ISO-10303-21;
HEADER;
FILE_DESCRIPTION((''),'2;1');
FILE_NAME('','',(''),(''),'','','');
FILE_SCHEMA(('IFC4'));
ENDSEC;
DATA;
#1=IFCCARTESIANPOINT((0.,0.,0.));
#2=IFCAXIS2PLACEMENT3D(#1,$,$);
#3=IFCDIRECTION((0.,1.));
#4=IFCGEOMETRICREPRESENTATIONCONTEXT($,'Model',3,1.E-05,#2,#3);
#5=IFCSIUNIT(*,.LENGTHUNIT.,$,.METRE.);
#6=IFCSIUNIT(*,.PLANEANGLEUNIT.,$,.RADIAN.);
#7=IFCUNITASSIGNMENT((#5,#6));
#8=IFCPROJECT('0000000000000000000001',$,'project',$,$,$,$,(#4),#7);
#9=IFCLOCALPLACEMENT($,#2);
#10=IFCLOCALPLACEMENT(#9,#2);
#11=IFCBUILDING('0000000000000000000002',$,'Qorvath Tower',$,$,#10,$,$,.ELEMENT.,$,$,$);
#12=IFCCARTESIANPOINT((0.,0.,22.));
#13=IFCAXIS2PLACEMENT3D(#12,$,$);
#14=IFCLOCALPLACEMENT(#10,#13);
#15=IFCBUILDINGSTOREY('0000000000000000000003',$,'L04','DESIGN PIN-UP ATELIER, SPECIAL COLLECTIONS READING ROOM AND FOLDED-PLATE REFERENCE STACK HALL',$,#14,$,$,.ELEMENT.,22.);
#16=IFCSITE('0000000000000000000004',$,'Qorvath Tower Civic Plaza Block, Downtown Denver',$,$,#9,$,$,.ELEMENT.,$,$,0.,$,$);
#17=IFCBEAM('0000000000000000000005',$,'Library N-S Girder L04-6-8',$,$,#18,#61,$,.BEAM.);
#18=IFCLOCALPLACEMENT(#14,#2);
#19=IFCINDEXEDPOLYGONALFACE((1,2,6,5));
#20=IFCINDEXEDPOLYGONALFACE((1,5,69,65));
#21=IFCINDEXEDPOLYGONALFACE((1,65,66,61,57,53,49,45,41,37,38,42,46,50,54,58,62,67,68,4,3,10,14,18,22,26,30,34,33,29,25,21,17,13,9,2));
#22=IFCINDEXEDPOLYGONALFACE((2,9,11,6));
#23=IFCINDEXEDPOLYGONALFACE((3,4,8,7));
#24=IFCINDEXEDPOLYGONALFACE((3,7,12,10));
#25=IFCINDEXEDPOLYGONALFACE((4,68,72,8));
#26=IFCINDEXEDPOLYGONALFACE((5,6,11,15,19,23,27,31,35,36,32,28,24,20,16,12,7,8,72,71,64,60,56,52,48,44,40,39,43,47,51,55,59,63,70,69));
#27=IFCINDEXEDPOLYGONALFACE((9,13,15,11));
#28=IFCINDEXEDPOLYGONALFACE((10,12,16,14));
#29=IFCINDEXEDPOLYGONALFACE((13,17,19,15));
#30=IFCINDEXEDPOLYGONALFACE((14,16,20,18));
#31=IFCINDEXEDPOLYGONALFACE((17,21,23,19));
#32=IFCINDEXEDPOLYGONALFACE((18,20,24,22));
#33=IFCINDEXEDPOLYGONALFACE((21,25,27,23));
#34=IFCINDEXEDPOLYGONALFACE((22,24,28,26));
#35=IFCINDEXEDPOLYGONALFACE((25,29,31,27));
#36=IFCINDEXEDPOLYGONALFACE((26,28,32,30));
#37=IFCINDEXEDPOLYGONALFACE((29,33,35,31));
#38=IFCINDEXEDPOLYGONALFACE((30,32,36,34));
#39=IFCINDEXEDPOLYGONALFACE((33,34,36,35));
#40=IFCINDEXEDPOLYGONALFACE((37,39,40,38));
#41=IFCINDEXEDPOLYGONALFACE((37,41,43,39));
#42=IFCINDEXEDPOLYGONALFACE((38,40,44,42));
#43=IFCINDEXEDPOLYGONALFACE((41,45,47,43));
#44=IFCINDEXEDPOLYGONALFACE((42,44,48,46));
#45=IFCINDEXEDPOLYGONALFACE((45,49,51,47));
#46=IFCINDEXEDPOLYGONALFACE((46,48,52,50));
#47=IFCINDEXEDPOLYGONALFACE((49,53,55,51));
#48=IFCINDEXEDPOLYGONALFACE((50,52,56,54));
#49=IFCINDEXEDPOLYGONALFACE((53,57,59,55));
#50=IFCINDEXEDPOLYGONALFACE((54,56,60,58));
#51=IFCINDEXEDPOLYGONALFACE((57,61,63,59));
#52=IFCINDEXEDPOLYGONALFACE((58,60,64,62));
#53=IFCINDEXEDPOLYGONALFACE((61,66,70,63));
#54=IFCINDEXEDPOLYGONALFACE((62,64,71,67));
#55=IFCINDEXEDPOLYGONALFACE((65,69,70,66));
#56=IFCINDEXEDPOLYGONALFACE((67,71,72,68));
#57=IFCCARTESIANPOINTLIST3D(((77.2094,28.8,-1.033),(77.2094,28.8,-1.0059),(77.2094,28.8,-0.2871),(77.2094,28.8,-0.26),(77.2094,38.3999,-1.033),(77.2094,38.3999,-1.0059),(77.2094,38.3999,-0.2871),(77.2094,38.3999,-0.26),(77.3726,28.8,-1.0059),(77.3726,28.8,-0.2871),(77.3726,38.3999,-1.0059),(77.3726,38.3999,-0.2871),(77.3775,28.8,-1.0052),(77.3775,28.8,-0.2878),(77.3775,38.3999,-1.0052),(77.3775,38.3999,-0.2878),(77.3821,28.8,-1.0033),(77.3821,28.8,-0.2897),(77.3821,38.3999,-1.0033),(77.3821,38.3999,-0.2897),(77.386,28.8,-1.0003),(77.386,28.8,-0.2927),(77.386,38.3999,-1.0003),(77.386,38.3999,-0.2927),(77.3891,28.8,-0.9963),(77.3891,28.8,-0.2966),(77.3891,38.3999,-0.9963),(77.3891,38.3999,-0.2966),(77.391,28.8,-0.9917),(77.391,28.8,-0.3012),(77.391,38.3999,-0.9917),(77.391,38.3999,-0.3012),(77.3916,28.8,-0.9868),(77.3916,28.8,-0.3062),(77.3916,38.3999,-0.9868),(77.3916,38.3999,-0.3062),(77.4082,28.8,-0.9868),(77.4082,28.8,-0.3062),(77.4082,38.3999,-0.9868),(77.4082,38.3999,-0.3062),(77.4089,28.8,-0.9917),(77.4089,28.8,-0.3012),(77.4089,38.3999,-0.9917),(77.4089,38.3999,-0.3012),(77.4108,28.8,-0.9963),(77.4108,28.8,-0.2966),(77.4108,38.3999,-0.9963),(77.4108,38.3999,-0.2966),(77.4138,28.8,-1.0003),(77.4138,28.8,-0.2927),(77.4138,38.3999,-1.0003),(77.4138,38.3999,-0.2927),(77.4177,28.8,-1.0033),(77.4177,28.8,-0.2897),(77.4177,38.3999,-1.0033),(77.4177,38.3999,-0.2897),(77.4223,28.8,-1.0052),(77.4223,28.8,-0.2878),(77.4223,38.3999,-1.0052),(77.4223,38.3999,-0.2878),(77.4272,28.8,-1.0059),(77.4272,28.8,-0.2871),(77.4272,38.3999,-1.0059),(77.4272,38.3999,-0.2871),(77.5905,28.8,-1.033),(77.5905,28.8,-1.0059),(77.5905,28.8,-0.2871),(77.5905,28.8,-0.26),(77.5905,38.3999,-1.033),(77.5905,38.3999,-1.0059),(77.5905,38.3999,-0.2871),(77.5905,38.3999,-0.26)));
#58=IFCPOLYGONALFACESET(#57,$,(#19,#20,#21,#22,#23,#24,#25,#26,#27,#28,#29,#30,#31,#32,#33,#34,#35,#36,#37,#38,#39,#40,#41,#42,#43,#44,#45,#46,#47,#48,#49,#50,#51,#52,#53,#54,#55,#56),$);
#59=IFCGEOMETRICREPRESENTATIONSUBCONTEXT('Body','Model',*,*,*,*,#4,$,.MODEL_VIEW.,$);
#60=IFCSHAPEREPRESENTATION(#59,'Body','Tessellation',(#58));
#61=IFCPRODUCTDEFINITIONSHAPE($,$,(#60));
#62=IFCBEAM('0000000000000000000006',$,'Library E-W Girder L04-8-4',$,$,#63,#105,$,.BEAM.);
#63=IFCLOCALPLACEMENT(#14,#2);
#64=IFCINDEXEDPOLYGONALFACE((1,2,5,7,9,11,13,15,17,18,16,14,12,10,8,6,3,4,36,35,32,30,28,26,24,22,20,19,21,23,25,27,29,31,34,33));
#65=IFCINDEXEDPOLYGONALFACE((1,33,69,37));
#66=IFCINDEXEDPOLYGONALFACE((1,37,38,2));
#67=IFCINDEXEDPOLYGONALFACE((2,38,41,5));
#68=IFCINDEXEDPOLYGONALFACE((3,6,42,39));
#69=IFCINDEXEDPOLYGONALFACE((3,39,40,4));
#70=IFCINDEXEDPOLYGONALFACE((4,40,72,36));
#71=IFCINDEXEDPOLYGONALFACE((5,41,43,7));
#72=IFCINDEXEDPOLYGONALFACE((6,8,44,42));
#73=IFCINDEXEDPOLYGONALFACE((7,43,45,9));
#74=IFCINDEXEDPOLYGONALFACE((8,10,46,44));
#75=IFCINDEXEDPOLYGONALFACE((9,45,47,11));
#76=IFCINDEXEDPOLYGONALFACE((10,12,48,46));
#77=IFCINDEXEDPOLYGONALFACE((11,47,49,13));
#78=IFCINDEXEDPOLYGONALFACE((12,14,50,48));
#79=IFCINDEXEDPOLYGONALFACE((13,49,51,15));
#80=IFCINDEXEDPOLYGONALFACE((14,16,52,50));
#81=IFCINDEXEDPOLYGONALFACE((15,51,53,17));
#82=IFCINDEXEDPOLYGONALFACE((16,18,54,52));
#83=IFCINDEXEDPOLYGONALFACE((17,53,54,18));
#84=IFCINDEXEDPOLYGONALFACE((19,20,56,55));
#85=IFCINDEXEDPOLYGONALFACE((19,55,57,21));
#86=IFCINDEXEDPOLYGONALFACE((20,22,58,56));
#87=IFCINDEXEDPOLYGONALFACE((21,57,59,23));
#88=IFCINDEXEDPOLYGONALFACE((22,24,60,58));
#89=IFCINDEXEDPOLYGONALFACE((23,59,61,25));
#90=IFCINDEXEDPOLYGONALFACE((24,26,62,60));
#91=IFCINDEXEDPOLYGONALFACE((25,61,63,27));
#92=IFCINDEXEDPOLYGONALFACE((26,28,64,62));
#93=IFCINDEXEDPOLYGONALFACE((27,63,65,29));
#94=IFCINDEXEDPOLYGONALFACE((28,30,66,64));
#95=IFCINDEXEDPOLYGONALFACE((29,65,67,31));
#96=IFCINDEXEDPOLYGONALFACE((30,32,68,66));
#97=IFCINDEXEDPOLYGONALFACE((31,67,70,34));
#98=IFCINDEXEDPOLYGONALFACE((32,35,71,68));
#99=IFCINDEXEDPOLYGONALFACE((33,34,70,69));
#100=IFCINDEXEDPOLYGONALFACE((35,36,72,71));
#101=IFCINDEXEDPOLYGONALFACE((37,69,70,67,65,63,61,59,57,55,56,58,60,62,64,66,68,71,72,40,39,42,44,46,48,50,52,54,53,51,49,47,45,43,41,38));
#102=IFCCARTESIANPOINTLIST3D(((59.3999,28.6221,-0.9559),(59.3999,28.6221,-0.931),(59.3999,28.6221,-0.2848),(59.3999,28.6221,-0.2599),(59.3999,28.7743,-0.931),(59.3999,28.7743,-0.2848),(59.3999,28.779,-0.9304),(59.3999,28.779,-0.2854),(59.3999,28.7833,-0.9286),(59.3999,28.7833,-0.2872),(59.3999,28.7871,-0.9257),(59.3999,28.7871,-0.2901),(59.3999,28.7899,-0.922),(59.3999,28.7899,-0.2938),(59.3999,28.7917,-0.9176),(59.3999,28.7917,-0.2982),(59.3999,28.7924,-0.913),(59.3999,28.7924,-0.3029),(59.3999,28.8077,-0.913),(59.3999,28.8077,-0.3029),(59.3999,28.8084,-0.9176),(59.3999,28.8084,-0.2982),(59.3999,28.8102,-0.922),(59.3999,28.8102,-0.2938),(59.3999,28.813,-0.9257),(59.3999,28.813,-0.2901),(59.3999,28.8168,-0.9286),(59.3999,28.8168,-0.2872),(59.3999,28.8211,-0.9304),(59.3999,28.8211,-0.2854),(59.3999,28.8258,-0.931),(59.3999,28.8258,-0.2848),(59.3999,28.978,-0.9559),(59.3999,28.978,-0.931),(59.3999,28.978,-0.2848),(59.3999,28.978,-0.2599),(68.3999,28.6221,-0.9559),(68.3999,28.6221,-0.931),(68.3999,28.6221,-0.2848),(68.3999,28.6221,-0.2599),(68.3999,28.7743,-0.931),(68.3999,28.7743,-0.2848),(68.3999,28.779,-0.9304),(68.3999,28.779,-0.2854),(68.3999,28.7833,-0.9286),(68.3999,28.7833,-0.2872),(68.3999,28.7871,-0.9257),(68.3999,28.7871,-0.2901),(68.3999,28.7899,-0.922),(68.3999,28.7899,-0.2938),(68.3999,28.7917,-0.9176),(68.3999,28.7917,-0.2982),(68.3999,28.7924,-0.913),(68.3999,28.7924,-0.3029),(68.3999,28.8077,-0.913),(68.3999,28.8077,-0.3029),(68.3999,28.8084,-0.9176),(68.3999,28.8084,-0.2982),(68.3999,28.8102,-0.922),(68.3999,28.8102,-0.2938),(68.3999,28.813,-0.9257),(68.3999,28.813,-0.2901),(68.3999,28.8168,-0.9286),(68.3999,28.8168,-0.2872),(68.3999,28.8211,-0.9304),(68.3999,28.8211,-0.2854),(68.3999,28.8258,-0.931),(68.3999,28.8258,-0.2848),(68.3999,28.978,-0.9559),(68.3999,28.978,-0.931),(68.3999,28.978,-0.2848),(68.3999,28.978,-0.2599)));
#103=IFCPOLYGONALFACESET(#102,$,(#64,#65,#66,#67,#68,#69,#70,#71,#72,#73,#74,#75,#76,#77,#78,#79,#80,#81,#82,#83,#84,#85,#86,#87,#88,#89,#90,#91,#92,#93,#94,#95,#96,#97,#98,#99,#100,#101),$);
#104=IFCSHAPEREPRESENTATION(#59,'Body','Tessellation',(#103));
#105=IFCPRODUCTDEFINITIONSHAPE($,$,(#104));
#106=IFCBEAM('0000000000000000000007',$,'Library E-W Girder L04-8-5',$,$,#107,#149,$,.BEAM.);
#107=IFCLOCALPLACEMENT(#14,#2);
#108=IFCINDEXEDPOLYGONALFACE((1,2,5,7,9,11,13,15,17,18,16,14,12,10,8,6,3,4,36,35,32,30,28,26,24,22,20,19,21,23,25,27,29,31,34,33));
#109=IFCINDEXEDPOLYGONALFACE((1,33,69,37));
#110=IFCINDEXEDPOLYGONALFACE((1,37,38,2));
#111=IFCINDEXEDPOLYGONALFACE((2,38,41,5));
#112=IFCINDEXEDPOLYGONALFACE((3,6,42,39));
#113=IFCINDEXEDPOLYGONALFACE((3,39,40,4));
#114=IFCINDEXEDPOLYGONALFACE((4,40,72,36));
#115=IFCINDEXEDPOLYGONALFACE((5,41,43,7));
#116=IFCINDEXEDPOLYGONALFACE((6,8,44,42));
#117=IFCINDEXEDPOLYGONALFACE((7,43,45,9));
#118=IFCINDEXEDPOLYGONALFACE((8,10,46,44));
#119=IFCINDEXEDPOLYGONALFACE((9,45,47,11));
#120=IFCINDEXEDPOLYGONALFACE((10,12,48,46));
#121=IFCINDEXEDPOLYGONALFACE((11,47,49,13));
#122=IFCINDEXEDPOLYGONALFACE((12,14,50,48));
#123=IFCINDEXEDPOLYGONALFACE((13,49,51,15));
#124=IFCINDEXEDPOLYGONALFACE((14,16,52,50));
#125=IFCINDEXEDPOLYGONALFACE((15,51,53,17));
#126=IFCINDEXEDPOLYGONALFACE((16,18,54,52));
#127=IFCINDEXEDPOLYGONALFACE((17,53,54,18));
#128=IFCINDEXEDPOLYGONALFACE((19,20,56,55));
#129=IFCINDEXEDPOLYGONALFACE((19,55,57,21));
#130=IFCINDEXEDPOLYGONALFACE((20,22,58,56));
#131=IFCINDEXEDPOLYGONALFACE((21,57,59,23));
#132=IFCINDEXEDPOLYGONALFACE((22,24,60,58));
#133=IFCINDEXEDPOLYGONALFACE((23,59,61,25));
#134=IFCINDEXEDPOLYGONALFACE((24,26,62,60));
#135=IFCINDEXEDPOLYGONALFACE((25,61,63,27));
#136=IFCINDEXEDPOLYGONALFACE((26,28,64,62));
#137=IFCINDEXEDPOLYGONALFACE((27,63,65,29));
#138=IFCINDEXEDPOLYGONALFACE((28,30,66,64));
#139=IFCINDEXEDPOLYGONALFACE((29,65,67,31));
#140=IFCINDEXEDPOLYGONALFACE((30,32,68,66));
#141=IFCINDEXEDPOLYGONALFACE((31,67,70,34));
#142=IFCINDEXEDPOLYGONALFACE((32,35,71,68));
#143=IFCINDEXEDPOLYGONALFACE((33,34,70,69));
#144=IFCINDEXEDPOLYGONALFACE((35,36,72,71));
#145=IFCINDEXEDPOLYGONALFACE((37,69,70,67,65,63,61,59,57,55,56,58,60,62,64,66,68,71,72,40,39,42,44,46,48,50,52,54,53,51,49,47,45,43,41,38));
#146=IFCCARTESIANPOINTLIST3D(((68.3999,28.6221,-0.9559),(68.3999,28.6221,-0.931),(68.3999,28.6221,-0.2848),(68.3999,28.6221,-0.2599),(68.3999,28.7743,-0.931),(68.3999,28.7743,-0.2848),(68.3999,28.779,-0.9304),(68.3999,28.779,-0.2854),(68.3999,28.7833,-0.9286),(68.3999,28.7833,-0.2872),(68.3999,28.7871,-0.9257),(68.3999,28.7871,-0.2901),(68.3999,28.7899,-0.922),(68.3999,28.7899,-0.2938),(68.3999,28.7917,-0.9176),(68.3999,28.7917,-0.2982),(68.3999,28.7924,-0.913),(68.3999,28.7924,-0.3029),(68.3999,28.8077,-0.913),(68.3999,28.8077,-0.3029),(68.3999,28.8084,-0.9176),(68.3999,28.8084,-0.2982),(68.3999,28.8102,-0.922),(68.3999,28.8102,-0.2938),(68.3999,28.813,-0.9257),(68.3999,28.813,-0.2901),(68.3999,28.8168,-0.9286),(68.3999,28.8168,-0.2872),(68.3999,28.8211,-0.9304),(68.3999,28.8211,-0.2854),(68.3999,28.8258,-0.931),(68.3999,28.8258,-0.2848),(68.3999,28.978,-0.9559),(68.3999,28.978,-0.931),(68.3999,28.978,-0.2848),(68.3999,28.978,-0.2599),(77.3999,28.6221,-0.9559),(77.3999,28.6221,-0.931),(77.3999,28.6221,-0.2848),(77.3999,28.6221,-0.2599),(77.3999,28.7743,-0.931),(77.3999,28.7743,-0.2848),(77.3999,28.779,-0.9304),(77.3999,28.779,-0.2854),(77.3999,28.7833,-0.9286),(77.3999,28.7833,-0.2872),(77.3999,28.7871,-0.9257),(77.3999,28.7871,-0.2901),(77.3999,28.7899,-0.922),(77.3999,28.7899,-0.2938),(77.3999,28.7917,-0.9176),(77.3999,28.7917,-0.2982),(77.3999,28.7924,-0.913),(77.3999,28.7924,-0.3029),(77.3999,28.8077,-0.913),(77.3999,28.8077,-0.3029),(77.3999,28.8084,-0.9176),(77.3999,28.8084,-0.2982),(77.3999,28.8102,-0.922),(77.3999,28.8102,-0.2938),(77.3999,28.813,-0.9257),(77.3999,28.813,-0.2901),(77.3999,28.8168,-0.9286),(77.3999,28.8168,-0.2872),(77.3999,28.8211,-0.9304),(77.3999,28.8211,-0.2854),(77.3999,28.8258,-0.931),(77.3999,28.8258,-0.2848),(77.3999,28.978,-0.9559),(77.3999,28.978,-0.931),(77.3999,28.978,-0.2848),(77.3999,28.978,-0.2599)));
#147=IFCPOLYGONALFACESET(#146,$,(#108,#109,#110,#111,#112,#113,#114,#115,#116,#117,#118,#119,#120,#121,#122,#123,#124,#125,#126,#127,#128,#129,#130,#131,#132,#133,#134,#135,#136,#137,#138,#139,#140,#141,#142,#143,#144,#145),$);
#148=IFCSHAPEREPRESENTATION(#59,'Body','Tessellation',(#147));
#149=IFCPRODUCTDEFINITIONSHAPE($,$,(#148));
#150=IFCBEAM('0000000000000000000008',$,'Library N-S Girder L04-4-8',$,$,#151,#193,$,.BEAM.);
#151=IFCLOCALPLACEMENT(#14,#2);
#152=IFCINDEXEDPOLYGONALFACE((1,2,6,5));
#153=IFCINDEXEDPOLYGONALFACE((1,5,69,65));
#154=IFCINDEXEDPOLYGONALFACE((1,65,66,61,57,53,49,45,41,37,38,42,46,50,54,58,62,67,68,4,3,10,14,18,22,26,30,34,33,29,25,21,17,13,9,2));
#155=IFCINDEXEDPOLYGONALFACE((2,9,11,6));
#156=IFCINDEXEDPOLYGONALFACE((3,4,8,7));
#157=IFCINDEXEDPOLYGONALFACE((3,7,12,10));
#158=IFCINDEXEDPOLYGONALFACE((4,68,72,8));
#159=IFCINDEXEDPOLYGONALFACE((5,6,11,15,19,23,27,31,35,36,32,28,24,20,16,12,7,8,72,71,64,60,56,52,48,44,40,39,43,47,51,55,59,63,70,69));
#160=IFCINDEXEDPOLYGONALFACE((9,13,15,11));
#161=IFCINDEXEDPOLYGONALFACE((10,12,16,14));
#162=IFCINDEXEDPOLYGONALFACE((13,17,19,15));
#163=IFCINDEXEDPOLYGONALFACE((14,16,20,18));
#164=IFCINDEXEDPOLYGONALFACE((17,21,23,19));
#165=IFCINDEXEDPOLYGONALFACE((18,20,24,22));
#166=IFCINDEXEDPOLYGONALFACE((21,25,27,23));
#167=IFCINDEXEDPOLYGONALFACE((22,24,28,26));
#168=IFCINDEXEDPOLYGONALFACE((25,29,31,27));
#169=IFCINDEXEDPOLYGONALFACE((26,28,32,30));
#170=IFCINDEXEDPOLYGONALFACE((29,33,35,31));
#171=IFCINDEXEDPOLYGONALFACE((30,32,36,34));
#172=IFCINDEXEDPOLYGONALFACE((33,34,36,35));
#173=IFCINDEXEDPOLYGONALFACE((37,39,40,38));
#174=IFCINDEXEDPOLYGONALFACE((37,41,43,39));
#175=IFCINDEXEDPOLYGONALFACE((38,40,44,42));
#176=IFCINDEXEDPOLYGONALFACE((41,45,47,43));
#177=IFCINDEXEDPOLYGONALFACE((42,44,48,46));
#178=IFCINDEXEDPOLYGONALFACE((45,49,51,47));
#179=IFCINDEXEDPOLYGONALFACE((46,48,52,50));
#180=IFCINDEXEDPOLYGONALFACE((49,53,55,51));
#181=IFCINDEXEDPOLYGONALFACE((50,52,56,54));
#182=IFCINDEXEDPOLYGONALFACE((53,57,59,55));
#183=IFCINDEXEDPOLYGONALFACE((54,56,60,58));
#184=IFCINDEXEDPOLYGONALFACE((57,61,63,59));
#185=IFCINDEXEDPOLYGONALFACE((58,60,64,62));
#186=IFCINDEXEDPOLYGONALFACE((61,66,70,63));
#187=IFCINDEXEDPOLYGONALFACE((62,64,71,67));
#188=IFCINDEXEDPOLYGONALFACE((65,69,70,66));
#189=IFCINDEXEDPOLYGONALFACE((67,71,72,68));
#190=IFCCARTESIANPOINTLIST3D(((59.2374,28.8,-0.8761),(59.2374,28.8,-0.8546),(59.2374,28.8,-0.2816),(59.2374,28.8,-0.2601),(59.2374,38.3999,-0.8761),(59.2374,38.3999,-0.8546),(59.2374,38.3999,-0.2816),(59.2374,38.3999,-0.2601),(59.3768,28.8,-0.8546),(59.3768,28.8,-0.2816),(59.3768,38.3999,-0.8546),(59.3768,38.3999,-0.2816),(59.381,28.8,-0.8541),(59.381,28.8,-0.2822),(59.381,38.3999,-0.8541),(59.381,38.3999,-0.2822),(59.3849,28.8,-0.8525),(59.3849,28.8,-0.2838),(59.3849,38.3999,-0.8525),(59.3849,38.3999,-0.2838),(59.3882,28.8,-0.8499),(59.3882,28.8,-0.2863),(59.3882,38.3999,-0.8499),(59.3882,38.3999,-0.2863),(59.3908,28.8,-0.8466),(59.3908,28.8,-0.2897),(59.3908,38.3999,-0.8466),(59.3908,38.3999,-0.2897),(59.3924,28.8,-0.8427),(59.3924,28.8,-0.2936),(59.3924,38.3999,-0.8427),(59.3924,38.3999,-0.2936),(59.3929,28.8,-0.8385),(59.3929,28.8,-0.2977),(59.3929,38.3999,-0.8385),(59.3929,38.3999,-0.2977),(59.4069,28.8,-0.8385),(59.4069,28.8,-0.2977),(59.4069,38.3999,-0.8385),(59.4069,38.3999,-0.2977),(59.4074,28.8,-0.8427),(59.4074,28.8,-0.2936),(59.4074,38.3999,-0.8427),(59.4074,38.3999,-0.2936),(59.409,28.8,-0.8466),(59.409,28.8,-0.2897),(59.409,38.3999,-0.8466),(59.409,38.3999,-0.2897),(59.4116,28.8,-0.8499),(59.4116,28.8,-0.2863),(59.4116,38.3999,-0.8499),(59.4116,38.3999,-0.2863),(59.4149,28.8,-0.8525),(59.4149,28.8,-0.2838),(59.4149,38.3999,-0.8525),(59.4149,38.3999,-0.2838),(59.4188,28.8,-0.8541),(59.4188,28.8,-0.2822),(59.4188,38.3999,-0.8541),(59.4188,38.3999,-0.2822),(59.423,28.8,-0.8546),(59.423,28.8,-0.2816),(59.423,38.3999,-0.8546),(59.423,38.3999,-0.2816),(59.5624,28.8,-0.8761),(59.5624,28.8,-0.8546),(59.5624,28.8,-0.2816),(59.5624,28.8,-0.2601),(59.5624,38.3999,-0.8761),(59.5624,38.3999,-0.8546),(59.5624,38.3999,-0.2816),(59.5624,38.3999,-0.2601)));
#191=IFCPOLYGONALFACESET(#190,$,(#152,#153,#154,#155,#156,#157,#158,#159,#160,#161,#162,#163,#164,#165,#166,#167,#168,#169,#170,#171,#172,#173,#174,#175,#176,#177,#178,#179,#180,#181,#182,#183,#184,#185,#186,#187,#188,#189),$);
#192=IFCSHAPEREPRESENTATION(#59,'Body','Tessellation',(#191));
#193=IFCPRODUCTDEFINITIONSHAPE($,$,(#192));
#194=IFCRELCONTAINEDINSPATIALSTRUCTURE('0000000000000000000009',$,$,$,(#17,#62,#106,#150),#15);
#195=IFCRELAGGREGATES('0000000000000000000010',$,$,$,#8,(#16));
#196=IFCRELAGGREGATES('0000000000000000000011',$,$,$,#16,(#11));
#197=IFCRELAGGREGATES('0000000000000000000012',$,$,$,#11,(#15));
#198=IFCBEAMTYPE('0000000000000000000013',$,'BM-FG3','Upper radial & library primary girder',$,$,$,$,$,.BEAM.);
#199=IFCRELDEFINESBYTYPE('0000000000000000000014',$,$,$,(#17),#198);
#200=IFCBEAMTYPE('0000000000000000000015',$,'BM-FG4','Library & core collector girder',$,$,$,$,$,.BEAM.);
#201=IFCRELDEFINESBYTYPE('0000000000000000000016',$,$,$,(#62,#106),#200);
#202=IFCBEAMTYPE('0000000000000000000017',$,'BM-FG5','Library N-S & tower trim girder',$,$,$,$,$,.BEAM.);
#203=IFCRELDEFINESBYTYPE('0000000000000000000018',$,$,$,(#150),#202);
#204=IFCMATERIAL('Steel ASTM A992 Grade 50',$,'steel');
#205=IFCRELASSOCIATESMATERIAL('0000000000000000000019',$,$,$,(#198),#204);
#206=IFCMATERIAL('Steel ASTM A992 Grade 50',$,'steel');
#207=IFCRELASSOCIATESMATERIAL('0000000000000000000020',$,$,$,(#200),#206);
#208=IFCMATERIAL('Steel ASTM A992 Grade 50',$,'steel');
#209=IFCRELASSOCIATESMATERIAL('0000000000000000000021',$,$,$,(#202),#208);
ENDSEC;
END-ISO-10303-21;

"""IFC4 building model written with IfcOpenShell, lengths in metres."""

from ifc_helpers import new_model, si_unit, direction, frame, origin, origin_2d, place, context, subcontext, project, spatial, i_section, extrude, material, material_profile, profile_set, type_object, element, save


model = new_model("IFC4")

# Units and contexts
model_context = context("Model", 3, precision=1e-05, world=origin(), true_north=direction((0.0, 1.0)))
body_context = subcontext(model_context, "Body", "Model", "MODEL_VIEW")
ifc_project = project(units=[si_unit("LENGTHUNIT", "METRE"), si_unit("PLANEANGLEUNIT", "RADIAN")], contexts=[model_context])

# Site, building, storey
site_placement = place(None, origin())
site = spatial("IfcSite", under=ifc_project, at=site_placement, Name="Qorvath Tower Civic Plaza Block, Downtown Denver", CompositionType="ELEMENT", RefElevation=0.0)
building_placement = place(site_placement, origin())
building = spatial("IfcBuilding", under=site, at=building_placement, Name="Qorvath Tower", CompositionType="ELEMENT")
storey_placement = place(building_placement, frame((0.0, 0.0, 22.0)))
storey = spatial("IfcBuildingStorey", under=building, at=storey_placement, Name="L04", Description="DESIGN PIN-UP ATELIER, SPECIAL COLLECTIONS READING ROOM AND FOLDED-PLATE REFERENCE STACK HALL", CompositionType="ELEMENT", Elevation=22.0)

# Beams
ifc_material_1 = material(Name="Steel ASTM A992 Grade 50", Category="steel")
ifc_material_profile_1 = material_profile(ifc_material_1, i_section(OverallWidth=0.3811, OverallDepth=0.7729, WebThickness=0.0166, FlangeThickness=0.0271, FilletRadius=0.019, at=origin_2d()), Name="W30x173")
ifc_profile_set_1 = profile_set([ifc_material_profile_1], Name="Steel ASTM A992 Grade 50")
beam_type_1 = type_object("IfcBeamType", Name="BM-FG3", Description="Upper radial & library primary girder", PredefinedType="BEAM", material=ifc_profile_set_1)
beam_1_placement = place(storey_placement, frame((77.3999, 28.8, -0.6465), z_axis=(0.0, 1.0, 0.0), x_axis=(-1.0, 0.0, 0.0)))
element("IfcBeam", 1, at=beam_1_placement, inside=storey, type_object=beam_type_1, Name="Library N-S Girder L04-6-8", PredefinedType="BEAM", context=body_context, shape_type="SweptSolid", body=[
    extrude(i_section(OverallWidth=0.3811, OverallDepth=0.7729, WebThickness=0.0166, FlangeThickness=0.0271, FilletRadius=0.019, at=origin_2d()), origin(), (0.0, 0.0, 1.0), 9.5999),
])
ifc_material_2 = material(Name="Steel ASTM A992 Grade 50", Category="steel")
ifc_material_profile_2 = material_profile(ifc_material_2, i_section(OverallWidth=0.356, OverallDepth=0.696, WebThickness=0.0154, FlangeThickness=0.0249, FilletRadius=0.0181, at=origin_2d()), Name="W27x146")
ifc_profile_set_2 = profile_set([ifc_material_profile_2], Name="Steel ASTM A992 Grade 50")
beam_type_2 = type_object("IfcBeamType", Name="BM-FG4", Description="Library & core collector girder", PredefinedType="BEAM", material=ifc_profile_set_2)
for number, where, z_axis, x_axis, name in (
    (2, (59.3999, 28.8, -0.6079), (1.0, 0.0, 0.0), (0.0, 1.0, 0.0), "Library E-W Girder L04-8-4"),
    (3, (68.3999, 28.8, -0.6079), (1.0, 0.0, 0.0), (0.0, 1.0, 0.0), "Library E-W Girder L04-8-5"),
):
    element("IfcBeam", number, at=place(storey_placement, frame(where, z_axis=z_axis, x_axis=x_axis)), inside=storey, type_object=beam_type_2, Name=name, PredefinedType="BEAM", context=body_context, shape_type="SweptSolid", body=[
        extrude(i_section(OverallWidth=0.356, OverallDepth=0.696, WebThickness=0.0154, FlangeThickness=0.0249, FilletRadius=0.0181, at=origin_2d()), origin(), (0.0, 0.0, 1.0), 9.0),
    ])
ifc_material_3 = material(Name="Steel ASTM A992 Grade 50", Category="steel")
ifc_material_profile_3 = material_profile(ifc_material_3, i_section(OverallWidth=0.325, OverallDepth=0.616, WebThickness=0.0139, FlangeThickness=0.0215, FilletRadius=0.0161, at=origin_2d()), Name="W24x117")
ifc_profile_set_3 = profile_set([ifc_material_profile_3], Name="Steel ASTM A992 Grade 50")
beam_type_3 = type_object("IfcBeamType", Name="BM-FG5", Description="Library N-S & tower trim girder", PredefinedType="BEAM", material=ifc_profile_set_3)
for number, where, z_axis, x_axis, name in (
    (4, (59.3999, 28.8, -0.5681), (0.0, 1.0, 0.0), (-1.0, 0.0, 0.0), "Library N-S Girder L04-4-8"),
):
    element("IfcBeam", number, at=place(storey_placement, frame(where, z_axis=z_axis, x_axis=x_axis)), inside=storey, type_object=beam_type_3, Name=name, PredefinedType="BEAM", context=body_context, shape_type="SweptSolid", body=[
        extrude(i_section(OverallWidth=0.325, OverallDepth=0.616, WebThickness=0.0139, FlangeThickness=0.0215, FilletRadius=0.0161, at=origin_2d()), origin(), (0.0, 0.0, 1.0), 9.5999),
    ])

save(model, "model.ifc")
